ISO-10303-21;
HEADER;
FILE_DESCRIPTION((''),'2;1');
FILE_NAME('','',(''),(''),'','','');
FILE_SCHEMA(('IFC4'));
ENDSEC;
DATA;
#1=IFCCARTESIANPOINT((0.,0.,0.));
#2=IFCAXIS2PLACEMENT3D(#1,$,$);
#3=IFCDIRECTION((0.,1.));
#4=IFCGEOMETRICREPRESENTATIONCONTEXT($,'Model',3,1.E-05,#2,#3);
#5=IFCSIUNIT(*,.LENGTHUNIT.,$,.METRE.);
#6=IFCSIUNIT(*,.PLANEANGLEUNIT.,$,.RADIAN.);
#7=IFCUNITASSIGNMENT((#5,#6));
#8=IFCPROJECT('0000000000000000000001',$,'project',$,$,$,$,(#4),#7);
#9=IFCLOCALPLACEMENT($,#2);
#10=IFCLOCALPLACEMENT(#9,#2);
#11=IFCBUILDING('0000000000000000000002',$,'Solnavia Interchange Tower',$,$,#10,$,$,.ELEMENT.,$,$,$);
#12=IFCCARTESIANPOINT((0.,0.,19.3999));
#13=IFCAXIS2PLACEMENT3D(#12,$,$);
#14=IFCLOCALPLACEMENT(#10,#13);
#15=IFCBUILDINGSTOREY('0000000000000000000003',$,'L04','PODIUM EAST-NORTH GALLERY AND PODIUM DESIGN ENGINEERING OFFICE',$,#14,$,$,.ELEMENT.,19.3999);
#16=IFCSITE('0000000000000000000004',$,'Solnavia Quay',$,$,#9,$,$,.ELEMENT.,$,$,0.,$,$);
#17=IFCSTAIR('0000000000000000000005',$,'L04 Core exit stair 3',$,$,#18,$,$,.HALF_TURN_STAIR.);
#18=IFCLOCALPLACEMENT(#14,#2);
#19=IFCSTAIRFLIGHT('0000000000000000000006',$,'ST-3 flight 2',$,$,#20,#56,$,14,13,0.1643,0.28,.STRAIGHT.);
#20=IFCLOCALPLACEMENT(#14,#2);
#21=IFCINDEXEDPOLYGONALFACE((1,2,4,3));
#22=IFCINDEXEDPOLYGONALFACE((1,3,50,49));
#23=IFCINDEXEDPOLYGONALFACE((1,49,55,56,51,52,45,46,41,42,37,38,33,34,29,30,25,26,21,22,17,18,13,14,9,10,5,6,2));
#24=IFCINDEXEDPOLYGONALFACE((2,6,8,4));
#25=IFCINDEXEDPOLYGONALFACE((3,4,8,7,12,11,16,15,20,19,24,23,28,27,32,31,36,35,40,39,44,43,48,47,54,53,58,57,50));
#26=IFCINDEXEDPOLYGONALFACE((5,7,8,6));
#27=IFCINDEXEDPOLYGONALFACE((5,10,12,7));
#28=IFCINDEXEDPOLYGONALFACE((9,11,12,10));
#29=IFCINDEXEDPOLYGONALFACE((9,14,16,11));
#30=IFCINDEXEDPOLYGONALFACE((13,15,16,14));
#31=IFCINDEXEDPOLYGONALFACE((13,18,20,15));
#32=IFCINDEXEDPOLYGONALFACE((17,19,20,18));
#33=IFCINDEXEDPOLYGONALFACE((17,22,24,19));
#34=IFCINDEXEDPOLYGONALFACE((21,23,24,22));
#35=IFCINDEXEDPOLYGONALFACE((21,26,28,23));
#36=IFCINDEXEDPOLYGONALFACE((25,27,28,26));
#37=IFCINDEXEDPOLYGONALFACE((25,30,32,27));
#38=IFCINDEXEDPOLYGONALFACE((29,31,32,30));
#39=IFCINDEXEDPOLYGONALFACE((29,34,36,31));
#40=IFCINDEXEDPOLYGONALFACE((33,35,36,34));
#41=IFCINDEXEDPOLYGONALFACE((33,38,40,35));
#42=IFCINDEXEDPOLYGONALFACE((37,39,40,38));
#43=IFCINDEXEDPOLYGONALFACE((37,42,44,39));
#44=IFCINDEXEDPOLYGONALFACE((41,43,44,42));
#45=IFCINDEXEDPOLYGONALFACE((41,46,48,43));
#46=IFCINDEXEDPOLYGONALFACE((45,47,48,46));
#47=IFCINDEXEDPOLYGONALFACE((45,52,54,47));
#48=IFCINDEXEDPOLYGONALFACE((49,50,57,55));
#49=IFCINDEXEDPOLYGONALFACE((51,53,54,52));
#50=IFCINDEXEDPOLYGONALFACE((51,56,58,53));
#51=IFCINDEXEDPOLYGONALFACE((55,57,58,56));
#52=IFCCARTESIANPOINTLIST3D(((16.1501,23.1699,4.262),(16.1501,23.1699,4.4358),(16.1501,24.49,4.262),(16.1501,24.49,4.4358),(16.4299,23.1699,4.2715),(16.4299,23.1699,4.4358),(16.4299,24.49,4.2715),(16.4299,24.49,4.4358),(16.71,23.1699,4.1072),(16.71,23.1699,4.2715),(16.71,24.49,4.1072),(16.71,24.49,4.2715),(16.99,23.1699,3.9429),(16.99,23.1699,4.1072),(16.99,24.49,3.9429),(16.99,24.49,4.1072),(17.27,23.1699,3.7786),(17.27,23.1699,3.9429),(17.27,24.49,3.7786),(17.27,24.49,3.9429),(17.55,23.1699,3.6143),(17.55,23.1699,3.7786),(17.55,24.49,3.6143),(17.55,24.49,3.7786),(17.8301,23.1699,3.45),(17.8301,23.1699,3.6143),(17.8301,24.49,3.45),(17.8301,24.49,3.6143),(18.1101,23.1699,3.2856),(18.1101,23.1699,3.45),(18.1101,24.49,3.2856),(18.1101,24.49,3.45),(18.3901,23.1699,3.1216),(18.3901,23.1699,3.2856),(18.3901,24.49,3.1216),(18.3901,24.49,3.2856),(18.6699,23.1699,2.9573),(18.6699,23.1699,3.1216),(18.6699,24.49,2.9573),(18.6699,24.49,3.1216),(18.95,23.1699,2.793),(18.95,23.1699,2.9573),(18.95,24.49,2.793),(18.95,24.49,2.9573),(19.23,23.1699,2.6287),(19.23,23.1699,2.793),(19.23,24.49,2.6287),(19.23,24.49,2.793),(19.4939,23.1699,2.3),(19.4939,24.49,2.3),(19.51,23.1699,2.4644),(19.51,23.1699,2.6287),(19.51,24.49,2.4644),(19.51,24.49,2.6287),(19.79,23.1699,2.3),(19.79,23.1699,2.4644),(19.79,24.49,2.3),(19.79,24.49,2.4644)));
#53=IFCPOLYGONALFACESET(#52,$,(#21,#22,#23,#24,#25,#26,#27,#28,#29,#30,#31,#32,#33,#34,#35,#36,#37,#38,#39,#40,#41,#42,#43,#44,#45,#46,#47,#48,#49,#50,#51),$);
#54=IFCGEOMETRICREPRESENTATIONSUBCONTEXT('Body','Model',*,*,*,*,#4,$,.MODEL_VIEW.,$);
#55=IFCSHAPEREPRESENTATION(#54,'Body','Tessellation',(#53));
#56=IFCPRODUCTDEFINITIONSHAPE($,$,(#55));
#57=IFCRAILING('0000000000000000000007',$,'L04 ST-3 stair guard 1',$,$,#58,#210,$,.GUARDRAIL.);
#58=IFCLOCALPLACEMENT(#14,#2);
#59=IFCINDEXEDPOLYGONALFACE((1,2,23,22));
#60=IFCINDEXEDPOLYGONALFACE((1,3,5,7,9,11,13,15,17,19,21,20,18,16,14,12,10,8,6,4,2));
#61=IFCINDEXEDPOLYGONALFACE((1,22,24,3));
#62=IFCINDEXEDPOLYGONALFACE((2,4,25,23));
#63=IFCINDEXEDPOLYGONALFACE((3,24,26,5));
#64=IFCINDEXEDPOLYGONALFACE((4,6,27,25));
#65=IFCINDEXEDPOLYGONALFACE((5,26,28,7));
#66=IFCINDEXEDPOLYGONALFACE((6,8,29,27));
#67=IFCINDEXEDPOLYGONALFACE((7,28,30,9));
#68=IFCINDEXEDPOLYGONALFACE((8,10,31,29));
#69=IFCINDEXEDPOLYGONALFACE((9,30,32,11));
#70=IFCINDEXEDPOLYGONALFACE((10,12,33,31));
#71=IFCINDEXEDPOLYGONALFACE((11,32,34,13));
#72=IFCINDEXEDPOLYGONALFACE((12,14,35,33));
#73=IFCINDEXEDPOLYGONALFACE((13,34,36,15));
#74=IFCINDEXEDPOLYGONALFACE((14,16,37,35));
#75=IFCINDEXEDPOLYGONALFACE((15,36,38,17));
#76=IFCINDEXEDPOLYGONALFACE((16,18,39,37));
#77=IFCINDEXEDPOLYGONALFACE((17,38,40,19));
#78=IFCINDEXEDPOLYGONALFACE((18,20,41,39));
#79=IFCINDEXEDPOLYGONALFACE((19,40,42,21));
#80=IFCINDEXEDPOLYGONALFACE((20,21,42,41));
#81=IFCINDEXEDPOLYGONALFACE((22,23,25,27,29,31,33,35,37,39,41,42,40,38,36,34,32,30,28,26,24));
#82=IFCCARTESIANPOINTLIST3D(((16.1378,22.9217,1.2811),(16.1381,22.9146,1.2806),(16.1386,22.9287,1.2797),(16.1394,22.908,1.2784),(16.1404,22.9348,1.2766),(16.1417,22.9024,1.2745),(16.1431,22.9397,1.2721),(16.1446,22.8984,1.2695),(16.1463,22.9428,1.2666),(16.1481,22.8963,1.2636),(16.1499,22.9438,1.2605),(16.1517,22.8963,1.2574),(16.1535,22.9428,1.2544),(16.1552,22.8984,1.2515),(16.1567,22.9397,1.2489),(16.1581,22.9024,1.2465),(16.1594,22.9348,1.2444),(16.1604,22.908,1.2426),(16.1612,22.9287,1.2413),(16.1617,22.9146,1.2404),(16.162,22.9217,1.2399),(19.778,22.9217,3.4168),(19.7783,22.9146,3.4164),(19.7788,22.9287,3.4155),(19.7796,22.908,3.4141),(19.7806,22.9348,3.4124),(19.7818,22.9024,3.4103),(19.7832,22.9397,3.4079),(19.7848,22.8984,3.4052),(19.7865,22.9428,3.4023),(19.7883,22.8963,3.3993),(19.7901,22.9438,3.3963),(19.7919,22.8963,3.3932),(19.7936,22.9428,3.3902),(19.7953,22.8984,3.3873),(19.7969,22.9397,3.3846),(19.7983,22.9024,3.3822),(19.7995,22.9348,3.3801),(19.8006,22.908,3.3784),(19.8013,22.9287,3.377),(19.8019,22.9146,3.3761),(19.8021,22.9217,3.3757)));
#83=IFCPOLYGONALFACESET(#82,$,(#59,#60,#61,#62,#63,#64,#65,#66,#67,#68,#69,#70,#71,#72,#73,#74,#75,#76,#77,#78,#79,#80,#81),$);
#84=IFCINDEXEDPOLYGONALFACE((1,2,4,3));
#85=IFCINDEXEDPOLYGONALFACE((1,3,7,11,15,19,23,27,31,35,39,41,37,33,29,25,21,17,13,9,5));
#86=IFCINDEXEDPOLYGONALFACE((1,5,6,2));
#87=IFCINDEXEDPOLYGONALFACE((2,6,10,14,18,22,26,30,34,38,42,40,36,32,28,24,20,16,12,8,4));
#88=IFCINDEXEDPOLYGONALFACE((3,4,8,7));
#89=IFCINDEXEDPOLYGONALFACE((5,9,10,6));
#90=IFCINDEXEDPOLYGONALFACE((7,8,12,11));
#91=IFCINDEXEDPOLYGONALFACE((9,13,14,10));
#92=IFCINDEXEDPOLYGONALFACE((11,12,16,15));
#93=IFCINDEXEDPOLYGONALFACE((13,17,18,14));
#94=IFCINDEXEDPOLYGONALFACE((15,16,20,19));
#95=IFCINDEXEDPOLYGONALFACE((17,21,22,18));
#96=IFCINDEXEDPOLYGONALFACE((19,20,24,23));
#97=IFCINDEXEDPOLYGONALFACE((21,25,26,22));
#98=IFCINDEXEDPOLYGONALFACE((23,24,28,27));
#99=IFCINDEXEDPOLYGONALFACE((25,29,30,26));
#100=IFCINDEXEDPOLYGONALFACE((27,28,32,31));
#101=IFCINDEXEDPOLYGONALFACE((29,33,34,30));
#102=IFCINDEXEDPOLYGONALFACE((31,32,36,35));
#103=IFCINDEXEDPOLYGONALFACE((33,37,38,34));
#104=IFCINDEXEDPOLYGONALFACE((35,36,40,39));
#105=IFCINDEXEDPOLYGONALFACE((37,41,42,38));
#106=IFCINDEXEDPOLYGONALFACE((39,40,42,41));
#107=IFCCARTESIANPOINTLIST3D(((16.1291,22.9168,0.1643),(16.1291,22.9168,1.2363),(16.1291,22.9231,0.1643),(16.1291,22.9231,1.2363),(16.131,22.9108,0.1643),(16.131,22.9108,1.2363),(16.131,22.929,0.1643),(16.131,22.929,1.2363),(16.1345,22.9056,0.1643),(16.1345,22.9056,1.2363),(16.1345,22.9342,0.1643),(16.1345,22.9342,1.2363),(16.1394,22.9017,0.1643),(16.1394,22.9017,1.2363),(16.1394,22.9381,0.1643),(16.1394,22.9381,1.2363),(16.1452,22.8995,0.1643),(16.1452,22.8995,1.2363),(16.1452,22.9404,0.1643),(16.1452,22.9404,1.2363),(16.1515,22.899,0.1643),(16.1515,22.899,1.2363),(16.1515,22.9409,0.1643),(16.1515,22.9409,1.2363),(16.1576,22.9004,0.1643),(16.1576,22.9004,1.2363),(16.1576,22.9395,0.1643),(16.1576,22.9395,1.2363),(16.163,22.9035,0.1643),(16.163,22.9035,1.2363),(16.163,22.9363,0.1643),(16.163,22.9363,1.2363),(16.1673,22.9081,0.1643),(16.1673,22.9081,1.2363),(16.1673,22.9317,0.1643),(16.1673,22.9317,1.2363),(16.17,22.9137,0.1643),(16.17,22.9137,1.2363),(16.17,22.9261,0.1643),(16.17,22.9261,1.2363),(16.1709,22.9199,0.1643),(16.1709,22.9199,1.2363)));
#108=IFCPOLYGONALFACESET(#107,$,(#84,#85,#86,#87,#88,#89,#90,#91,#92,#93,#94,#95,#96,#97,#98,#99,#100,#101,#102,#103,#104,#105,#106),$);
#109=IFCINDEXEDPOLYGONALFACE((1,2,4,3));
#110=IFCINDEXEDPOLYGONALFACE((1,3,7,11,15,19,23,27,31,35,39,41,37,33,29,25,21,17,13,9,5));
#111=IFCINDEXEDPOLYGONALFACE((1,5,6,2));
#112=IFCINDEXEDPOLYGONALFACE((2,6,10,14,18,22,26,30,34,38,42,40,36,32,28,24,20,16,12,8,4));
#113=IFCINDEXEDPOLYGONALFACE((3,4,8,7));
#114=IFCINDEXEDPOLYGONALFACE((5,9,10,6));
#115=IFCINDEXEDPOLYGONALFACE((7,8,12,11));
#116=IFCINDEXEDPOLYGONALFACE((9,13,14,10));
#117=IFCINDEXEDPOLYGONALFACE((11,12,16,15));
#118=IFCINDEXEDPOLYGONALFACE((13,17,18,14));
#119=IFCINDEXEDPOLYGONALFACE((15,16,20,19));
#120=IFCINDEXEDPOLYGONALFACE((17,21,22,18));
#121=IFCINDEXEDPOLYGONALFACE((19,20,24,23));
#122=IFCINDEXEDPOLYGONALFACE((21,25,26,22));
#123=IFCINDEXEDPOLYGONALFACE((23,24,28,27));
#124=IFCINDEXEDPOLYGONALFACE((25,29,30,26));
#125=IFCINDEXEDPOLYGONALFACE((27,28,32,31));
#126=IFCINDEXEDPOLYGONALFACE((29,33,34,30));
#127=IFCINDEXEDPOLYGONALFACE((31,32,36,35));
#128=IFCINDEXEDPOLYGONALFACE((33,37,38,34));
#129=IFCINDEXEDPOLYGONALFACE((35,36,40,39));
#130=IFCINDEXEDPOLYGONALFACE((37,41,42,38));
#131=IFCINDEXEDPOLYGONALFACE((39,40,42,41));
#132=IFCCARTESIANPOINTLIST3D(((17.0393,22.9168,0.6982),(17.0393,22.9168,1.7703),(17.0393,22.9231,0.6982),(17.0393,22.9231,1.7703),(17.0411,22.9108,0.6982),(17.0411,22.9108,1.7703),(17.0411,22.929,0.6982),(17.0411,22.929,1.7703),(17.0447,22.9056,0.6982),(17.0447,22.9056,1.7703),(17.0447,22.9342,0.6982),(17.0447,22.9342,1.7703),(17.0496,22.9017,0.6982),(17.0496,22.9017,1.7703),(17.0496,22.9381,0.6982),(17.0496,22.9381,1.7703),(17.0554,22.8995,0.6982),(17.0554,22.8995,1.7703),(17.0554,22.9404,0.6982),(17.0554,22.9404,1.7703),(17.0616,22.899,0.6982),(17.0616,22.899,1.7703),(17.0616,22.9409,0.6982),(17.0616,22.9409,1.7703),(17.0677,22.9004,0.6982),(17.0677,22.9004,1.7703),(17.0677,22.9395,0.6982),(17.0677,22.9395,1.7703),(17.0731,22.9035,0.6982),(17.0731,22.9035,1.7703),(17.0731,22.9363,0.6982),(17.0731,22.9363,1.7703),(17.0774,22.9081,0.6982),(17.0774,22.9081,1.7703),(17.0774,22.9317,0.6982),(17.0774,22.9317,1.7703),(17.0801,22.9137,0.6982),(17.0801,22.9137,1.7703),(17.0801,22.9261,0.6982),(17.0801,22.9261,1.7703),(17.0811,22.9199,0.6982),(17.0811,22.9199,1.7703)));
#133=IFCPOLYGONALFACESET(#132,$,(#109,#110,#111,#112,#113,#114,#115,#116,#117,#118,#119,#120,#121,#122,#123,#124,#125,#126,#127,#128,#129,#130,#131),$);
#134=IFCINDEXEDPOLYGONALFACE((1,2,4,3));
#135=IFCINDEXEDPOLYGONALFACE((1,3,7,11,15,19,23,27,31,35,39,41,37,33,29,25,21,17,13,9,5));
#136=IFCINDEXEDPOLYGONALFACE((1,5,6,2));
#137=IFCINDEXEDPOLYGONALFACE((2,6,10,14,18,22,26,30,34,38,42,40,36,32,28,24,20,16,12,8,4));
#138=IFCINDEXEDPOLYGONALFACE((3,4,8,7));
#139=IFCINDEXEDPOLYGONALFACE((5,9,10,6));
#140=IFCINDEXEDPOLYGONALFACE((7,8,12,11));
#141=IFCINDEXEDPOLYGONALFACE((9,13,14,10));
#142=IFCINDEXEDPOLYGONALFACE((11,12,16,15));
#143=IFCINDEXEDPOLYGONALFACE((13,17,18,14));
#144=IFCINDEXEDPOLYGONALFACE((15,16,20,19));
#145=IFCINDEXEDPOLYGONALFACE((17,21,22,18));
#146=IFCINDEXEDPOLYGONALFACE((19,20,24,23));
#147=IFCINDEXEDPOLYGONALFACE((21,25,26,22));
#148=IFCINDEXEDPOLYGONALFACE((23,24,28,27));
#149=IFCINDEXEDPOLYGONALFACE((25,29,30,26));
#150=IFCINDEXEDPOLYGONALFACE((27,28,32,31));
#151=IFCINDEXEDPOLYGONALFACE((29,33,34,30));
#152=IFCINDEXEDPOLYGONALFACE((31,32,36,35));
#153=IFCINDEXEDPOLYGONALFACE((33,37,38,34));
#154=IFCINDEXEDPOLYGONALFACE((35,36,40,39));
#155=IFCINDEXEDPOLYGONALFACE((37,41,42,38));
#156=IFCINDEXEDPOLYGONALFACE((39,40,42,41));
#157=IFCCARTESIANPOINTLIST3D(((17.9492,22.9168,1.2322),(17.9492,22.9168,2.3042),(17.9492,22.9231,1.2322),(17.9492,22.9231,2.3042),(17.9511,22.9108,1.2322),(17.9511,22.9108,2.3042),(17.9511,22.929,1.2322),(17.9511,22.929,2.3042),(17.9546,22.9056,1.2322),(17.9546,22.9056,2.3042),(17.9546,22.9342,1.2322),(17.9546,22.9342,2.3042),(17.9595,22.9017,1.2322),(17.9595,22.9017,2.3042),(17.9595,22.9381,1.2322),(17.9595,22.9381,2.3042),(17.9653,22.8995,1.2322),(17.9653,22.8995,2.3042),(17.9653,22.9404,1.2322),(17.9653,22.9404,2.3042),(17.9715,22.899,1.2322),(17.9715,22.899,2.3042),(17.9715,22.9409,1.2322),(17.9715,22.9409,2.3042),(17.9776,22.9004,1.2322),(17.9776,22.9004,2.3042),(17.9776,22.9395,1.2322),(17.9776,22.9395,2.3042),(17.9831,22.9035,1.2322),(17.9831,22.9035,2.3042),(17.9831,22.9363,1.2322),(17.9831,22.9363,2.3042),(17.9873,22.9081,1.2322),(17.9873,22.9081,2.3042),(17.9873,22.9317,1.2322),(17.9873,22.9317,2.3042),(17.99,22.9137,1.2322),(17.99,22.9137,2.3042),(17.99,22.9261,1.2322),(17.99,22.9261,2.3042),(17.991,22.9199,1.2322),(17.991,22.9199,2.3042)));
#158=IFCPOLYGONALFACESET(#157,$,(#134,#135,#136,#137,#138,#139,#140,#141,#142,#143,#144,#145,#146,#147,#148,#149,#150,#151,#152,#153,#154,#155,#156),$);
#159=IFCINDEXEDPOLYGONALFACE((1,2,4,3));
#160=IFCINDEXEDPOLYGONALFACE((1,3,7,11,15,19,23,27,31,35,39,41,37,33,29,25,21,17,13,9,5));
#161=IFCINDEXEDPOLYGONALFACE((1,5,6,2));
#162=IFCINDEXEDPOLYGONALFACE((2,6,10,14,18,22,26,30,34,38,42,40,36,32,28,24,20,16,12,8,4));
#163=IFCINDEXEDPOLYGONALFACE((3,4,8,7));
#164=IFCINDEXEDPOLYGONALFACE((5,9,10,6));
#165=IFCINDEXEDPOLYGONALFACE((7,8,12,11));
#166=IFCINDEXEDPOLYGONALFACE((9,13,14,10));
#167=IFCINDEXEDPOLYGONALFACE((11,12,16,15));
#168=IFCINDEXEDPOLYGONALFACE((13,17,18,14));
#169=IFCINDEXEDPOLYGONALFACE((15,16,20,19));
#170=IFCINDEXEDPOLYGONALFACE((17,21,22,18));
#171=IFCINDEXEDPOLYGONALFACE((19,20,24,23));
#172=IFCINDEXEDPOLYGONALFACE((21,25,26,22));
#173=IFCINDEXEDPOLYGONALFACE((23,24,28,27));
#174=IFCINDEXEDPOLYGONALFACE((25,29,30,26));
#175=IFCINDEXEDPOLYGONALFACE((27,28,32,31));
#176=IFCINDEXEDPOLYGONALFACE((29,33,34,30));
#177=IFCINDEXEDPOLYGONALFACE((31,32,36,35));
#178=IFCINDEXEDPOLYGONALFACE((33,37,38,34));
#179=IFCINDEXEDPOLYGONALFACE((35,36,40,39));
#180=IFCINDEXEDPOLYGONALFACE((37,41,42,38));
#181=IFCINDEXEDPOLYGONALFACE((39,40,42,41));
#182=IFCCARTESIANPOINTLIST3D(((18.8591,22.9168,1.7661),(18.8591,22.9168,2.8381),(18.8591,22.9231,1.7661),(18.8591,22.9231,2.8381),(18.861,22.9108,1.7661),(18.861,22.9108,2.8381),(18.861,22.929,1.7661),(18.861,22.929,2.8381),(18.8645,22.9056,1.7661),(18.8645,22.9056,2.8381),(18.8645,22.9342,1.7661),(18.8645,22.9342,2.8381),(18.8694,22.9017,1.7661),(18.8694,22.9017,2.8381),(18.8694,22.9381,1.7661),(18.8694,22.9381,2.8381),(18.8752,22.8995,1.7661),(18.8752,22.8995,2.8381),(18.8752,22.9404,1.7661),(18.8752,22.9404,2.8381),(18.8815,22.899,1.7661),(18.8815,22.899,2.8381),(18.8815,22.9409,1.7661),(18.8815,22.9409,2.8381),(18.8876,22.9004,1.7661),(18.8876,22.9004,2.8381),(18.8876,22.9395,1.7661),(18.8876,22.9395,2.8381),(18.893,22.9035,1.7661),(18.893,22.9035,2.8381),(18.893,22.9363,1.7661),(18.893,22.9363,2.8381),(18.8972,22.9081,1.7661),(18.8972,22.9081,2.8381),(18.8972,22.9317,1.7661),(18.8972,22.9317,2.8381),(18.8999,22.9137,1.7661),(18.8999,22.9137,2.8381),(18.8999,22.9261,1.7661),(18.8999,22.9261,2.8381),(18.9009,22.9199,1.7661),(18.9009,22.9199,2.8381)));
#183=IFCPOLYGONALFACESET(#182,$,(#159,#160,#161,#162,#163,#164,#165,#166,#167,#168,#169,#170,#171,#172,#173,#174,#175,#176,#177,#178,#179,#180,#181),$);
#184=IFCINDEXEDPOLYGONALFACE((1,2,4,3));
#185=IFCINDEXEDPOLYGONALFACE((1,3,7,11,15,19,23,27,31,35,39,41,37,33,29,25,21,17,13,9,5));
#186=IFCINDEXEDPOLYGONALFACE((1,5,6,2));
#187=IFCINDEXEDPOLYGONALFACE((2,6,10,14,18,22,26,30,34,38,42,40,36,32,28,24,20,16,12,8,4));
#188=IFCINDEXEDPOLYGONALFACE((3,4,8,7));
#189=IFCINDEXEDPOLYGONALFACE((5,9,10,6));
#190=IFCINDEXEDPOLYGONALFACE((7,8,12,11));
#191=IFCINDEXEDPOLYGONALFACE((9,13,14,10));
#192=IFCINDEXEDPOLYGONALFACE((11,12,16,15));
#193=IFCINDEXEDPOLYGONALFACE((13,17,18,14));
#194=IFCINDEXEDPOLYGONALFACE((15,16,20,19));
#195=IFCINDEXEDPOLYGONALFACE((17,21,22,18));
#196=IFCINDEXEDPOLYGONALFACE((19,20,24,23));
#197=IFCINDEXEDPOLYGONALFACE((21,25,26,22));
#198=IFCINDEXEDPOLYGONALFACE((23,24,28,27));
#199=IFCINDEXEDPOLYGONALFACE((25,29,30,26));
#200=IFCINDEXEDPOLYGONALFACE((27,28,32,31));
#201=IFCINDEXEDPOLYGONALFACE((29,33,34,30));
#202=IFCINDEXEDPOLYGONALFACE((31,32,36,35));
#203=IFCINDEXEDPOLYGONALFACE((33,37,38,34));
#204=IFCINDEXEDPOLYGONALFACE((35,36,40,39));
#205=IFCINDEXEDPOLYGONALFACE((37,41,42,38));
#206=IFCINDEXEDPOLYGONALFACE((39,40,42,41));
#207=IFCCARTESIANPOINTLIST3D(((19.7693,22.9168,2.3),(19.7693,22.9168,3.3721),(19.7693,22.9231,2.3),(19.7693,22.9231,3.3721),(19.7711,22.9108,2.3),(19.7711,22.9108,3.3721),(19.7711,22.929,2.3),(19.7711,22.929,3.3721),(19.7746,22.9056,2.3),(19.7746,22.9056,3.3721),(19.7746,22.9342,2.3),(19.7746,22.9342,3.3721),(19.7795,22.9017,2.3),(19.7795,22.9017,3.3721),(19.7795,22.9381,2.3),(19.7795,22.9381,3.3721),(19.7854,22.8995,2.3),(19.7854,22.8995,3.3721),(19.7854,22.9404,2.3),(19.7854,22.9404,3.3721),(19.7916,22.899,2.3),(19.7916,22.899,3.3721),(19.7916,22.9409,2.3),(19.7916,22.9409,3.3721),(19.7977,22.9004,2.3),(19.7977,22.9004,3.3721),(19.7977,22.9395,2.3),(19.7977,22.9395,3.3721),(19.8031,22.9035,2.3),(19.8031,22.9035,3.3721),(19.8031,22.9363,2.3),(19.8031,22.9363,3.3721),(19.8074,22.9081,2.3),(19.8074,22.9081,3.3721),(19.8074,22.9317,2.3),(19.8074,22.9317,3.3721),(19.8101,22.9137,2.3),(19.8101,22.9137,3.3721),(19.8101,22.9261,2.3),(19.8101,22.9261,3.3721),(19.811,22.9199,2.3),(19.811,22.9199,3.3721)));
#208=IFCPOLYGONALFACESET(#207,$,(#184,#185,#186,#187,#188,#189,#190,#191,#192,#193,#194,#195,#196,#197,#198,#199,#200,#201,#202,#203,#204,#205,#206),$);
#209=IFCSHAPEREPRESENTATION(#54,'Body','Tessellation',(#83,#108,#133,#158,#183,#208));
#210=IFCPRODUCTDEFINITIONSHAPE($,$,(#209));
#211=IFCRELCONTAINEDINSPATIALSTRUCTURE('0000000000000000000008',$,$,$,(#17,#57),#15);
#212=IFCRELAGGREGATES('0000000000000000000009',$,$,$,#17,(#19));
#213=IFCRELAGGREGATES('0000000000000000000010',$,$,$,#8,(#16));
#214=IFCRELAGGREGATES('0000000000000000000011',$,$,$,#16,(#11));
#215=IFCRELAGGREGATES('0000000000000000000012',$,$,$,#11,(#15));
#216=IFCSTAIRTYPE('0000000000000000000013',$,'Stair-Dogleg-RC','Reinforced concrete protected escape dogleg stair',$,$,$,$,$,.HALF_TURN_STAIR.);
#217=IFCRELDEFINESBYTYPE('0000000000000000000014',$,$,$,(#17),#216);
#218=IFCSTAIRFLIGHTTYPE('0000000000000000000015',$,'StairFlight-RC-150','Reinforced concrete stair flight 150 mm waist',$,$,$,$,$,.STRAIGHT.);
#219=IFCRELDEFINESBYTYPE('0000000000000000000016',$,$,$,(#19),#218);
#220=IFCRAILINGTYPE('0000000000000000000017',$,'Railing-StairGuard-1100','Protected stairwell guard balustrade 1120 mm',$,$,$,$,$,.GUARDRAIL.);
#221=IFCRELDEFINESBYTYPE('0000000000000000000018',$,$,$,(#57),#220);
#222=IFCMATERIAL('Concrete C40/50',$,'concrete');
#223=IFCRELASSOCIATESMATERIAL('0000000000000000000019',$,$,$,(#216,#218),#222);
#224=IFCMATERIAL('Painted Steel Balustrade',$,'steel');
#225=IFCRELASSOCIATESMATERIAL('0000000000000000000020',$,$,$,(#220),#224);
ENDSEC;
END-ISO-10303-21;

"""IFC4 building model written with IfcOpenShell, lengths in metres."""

from ifc_helpers import new_model, si_unit, direction, frame, origin, origin_2d, place, context, subcontext, project, spatial, polyline, circle, outline, extrude, material, type_object, element, aggregate, save


model = new_model("IFC4")

# Units and contexts
model_context = context("Model", 3, precision=1e-05, world=origin(), true_north=direction((0.0, 1.0)))
body_context = subcontext(model_context, "Body", "Model", "MODEL_VIEW")
ifc_project = project(units=[si_unit("LENGTHUNIT", "METRE"), si_unit("PLANEANGLEUNIT", "RADIAN")], contexts=[model_context])

# Site, building, storey
site_placement = place(None, origin())
site = spatial("IfcSite", under=ifc_project, at=site_placement, Name="Solnavia Quay", CompositionType="ELEMENT", RefElevation=0.0)
building_placement = place(site_placement, origin())
building = spatial("IfcBuilding", under=site, at=building_placement, Name="Solnavia Interchange Tower", CompositionType="ELEMENT")
storey_placement = place(building_placement, frame((0.0, 0.0, 19.3999)))
storey = spatial("IfcBuildingStorey", under=building, at=storey_placement, Name="L04", Description="PODIUM EAST-NORTH GALLERY AND PODIUM DESIGN ENGINEERING OFFICE", CompositionType="ELEMENT", Elevation=19.3999)

# Shared definitions
ifc_material_1 = material(Name="Concrete C40/50", Category="concrete")

# Stair, stair flight
stair_type = type_object("IfcStairType", Name="Stair-Dogleg-RC", Description="Reinforced concrete protected escape dogleg stair", PredefinedType="HALF_TURN_STAIR", material=ifc_material_1)
stair_placement = place(storey_placement, origin())
stair = element("IfcStair", 1, at=stair_placement, inside=storey, type_object=stair_type, Name="L04 Core exit stair 3", PredefinedType="HALF_TURN_STAIR")
stair_flight_type = type_object("IfcStairFlightType", Name="StairFlight-RC-150", Description="Reinforced concrete stair flight 150 mm waist", PredefinedType="STRAIGHT", material=ifc_material_1)
stair_flight_1_placement = place(storey_placement, frame((19.79, 23.8301, 2.3), z_axis=(0.0, 0.0, 1.0), x_axis=(-1.0, 0.0, 0.0)))
stair_flight_1 = element("IfcStairFlight", 2, at=stair_flight_1_placement, type_object=stair_flight_type, Name="ST-3 flight 2", NumberOfRisers=14, NumberOfTreads=13, PredefinedType="STRAIGHT", RiserHeight=0.1643, TreadLength=0.28, context=body_context, shape_type="SweptSolid", body=[
    extrude(outline(polyline([(0.0, 0.0), (0.0, 0.1643), (0.28, 0.1643), (0.28, 0.3286), (0.5601, 0.3286), (0.5601, 0.4929), (0.8401, 0.4929), (0.8401, 0.6572), (1.1201, 0.6572), (1.1201, 0.8215), (1.3999, 0.8215), (1.3999, 0.9856), (1.6799, 0.9856), (1.6799, 1.1499), (1.96, 1.1499), (1.96, 1.3142), (2.24, 1.3142), (2.24, 1.4785), (2.52, 1.4785), (2.52, 1.6428), (2.8, 1.6428), (2.8, 1.8071), (3.0801, 1.8071), (3.0801, 1.9714), (3.3601, 1.9714), (3.3601, 2.1357), (3.6399, 2.1357), (3.6399, 2.3), (3.6399, 1.9619), (0.2961, 0.0), (0.0, 0.0)])), frame((0.0, 0.6602, 0.0), z_axis=(0.0, -1.0, 0.0), x_axis=(1.0, 0.0, 0.0)), (0.0, 0.0, 1.0), 1.3201),
])
aggregate(stair, [stair_flight_1])

# Railing
ifc_material_2 = material(Name="Painted Steel Balustrade", Category="steel")
railing_type_1 = type_object("IfcRailingType", Name="Railing-StairGuard-1100", Description="Protected stairwell guard balustrade 1120 mm", PredefinedType="GUARDRAIL", material=ifc_material_2)
railing_1_placement = place(storey_placement, frame((16.1499, 22.9199, 0.1643)))
element("IfcRailing", 3, at=railing_1_placement, inside=storey, type_object=railing_type_1, Name="L04 ST-3 stair guard 1", PredefinedType="GUARDRAIL", context=body_context, shape_type="SweptSolid", body=[
    extrude(circle(Radius=0.0239, at=origin_2d()), frame((0.0, 0.0, 1.0962), z_axis=(0.862505, 0.0, 0.506049), x_axis=(0.0, 1.0, 0.0)), (0.0, 0.0, 1.0), 4.2205),
    extrude(circle(Radius=0.021, at=origin_2d()), origin(), (0.0, 0.0, 1.0), 1.072),
    extrude(circle(Radius=0.021, at=origin_2d()), frame((0.9102, 0.0, 0.5339)), (0.0, 0.0, 1.0), 1.072),
    extrude(circle(Radius=0.021, at=origin_2d()), frame((1.8201, 0.0, 1.0679)), (0.0, 0.0, 1.0), 1.072),
    extrude(circle(Radius=0.021, at=origin_2d()), frame((2.73, 0.0, 1.6018)), (0.0, 0.0, 1.0), 1.072),
    extrude(circle(Radius=0.021, at=origin_2d()), frame((3.6401, 0.0, 2.1357)), (0.0, 0.0, 1.0), 1.072),
])

save(model, "model.ifc")
